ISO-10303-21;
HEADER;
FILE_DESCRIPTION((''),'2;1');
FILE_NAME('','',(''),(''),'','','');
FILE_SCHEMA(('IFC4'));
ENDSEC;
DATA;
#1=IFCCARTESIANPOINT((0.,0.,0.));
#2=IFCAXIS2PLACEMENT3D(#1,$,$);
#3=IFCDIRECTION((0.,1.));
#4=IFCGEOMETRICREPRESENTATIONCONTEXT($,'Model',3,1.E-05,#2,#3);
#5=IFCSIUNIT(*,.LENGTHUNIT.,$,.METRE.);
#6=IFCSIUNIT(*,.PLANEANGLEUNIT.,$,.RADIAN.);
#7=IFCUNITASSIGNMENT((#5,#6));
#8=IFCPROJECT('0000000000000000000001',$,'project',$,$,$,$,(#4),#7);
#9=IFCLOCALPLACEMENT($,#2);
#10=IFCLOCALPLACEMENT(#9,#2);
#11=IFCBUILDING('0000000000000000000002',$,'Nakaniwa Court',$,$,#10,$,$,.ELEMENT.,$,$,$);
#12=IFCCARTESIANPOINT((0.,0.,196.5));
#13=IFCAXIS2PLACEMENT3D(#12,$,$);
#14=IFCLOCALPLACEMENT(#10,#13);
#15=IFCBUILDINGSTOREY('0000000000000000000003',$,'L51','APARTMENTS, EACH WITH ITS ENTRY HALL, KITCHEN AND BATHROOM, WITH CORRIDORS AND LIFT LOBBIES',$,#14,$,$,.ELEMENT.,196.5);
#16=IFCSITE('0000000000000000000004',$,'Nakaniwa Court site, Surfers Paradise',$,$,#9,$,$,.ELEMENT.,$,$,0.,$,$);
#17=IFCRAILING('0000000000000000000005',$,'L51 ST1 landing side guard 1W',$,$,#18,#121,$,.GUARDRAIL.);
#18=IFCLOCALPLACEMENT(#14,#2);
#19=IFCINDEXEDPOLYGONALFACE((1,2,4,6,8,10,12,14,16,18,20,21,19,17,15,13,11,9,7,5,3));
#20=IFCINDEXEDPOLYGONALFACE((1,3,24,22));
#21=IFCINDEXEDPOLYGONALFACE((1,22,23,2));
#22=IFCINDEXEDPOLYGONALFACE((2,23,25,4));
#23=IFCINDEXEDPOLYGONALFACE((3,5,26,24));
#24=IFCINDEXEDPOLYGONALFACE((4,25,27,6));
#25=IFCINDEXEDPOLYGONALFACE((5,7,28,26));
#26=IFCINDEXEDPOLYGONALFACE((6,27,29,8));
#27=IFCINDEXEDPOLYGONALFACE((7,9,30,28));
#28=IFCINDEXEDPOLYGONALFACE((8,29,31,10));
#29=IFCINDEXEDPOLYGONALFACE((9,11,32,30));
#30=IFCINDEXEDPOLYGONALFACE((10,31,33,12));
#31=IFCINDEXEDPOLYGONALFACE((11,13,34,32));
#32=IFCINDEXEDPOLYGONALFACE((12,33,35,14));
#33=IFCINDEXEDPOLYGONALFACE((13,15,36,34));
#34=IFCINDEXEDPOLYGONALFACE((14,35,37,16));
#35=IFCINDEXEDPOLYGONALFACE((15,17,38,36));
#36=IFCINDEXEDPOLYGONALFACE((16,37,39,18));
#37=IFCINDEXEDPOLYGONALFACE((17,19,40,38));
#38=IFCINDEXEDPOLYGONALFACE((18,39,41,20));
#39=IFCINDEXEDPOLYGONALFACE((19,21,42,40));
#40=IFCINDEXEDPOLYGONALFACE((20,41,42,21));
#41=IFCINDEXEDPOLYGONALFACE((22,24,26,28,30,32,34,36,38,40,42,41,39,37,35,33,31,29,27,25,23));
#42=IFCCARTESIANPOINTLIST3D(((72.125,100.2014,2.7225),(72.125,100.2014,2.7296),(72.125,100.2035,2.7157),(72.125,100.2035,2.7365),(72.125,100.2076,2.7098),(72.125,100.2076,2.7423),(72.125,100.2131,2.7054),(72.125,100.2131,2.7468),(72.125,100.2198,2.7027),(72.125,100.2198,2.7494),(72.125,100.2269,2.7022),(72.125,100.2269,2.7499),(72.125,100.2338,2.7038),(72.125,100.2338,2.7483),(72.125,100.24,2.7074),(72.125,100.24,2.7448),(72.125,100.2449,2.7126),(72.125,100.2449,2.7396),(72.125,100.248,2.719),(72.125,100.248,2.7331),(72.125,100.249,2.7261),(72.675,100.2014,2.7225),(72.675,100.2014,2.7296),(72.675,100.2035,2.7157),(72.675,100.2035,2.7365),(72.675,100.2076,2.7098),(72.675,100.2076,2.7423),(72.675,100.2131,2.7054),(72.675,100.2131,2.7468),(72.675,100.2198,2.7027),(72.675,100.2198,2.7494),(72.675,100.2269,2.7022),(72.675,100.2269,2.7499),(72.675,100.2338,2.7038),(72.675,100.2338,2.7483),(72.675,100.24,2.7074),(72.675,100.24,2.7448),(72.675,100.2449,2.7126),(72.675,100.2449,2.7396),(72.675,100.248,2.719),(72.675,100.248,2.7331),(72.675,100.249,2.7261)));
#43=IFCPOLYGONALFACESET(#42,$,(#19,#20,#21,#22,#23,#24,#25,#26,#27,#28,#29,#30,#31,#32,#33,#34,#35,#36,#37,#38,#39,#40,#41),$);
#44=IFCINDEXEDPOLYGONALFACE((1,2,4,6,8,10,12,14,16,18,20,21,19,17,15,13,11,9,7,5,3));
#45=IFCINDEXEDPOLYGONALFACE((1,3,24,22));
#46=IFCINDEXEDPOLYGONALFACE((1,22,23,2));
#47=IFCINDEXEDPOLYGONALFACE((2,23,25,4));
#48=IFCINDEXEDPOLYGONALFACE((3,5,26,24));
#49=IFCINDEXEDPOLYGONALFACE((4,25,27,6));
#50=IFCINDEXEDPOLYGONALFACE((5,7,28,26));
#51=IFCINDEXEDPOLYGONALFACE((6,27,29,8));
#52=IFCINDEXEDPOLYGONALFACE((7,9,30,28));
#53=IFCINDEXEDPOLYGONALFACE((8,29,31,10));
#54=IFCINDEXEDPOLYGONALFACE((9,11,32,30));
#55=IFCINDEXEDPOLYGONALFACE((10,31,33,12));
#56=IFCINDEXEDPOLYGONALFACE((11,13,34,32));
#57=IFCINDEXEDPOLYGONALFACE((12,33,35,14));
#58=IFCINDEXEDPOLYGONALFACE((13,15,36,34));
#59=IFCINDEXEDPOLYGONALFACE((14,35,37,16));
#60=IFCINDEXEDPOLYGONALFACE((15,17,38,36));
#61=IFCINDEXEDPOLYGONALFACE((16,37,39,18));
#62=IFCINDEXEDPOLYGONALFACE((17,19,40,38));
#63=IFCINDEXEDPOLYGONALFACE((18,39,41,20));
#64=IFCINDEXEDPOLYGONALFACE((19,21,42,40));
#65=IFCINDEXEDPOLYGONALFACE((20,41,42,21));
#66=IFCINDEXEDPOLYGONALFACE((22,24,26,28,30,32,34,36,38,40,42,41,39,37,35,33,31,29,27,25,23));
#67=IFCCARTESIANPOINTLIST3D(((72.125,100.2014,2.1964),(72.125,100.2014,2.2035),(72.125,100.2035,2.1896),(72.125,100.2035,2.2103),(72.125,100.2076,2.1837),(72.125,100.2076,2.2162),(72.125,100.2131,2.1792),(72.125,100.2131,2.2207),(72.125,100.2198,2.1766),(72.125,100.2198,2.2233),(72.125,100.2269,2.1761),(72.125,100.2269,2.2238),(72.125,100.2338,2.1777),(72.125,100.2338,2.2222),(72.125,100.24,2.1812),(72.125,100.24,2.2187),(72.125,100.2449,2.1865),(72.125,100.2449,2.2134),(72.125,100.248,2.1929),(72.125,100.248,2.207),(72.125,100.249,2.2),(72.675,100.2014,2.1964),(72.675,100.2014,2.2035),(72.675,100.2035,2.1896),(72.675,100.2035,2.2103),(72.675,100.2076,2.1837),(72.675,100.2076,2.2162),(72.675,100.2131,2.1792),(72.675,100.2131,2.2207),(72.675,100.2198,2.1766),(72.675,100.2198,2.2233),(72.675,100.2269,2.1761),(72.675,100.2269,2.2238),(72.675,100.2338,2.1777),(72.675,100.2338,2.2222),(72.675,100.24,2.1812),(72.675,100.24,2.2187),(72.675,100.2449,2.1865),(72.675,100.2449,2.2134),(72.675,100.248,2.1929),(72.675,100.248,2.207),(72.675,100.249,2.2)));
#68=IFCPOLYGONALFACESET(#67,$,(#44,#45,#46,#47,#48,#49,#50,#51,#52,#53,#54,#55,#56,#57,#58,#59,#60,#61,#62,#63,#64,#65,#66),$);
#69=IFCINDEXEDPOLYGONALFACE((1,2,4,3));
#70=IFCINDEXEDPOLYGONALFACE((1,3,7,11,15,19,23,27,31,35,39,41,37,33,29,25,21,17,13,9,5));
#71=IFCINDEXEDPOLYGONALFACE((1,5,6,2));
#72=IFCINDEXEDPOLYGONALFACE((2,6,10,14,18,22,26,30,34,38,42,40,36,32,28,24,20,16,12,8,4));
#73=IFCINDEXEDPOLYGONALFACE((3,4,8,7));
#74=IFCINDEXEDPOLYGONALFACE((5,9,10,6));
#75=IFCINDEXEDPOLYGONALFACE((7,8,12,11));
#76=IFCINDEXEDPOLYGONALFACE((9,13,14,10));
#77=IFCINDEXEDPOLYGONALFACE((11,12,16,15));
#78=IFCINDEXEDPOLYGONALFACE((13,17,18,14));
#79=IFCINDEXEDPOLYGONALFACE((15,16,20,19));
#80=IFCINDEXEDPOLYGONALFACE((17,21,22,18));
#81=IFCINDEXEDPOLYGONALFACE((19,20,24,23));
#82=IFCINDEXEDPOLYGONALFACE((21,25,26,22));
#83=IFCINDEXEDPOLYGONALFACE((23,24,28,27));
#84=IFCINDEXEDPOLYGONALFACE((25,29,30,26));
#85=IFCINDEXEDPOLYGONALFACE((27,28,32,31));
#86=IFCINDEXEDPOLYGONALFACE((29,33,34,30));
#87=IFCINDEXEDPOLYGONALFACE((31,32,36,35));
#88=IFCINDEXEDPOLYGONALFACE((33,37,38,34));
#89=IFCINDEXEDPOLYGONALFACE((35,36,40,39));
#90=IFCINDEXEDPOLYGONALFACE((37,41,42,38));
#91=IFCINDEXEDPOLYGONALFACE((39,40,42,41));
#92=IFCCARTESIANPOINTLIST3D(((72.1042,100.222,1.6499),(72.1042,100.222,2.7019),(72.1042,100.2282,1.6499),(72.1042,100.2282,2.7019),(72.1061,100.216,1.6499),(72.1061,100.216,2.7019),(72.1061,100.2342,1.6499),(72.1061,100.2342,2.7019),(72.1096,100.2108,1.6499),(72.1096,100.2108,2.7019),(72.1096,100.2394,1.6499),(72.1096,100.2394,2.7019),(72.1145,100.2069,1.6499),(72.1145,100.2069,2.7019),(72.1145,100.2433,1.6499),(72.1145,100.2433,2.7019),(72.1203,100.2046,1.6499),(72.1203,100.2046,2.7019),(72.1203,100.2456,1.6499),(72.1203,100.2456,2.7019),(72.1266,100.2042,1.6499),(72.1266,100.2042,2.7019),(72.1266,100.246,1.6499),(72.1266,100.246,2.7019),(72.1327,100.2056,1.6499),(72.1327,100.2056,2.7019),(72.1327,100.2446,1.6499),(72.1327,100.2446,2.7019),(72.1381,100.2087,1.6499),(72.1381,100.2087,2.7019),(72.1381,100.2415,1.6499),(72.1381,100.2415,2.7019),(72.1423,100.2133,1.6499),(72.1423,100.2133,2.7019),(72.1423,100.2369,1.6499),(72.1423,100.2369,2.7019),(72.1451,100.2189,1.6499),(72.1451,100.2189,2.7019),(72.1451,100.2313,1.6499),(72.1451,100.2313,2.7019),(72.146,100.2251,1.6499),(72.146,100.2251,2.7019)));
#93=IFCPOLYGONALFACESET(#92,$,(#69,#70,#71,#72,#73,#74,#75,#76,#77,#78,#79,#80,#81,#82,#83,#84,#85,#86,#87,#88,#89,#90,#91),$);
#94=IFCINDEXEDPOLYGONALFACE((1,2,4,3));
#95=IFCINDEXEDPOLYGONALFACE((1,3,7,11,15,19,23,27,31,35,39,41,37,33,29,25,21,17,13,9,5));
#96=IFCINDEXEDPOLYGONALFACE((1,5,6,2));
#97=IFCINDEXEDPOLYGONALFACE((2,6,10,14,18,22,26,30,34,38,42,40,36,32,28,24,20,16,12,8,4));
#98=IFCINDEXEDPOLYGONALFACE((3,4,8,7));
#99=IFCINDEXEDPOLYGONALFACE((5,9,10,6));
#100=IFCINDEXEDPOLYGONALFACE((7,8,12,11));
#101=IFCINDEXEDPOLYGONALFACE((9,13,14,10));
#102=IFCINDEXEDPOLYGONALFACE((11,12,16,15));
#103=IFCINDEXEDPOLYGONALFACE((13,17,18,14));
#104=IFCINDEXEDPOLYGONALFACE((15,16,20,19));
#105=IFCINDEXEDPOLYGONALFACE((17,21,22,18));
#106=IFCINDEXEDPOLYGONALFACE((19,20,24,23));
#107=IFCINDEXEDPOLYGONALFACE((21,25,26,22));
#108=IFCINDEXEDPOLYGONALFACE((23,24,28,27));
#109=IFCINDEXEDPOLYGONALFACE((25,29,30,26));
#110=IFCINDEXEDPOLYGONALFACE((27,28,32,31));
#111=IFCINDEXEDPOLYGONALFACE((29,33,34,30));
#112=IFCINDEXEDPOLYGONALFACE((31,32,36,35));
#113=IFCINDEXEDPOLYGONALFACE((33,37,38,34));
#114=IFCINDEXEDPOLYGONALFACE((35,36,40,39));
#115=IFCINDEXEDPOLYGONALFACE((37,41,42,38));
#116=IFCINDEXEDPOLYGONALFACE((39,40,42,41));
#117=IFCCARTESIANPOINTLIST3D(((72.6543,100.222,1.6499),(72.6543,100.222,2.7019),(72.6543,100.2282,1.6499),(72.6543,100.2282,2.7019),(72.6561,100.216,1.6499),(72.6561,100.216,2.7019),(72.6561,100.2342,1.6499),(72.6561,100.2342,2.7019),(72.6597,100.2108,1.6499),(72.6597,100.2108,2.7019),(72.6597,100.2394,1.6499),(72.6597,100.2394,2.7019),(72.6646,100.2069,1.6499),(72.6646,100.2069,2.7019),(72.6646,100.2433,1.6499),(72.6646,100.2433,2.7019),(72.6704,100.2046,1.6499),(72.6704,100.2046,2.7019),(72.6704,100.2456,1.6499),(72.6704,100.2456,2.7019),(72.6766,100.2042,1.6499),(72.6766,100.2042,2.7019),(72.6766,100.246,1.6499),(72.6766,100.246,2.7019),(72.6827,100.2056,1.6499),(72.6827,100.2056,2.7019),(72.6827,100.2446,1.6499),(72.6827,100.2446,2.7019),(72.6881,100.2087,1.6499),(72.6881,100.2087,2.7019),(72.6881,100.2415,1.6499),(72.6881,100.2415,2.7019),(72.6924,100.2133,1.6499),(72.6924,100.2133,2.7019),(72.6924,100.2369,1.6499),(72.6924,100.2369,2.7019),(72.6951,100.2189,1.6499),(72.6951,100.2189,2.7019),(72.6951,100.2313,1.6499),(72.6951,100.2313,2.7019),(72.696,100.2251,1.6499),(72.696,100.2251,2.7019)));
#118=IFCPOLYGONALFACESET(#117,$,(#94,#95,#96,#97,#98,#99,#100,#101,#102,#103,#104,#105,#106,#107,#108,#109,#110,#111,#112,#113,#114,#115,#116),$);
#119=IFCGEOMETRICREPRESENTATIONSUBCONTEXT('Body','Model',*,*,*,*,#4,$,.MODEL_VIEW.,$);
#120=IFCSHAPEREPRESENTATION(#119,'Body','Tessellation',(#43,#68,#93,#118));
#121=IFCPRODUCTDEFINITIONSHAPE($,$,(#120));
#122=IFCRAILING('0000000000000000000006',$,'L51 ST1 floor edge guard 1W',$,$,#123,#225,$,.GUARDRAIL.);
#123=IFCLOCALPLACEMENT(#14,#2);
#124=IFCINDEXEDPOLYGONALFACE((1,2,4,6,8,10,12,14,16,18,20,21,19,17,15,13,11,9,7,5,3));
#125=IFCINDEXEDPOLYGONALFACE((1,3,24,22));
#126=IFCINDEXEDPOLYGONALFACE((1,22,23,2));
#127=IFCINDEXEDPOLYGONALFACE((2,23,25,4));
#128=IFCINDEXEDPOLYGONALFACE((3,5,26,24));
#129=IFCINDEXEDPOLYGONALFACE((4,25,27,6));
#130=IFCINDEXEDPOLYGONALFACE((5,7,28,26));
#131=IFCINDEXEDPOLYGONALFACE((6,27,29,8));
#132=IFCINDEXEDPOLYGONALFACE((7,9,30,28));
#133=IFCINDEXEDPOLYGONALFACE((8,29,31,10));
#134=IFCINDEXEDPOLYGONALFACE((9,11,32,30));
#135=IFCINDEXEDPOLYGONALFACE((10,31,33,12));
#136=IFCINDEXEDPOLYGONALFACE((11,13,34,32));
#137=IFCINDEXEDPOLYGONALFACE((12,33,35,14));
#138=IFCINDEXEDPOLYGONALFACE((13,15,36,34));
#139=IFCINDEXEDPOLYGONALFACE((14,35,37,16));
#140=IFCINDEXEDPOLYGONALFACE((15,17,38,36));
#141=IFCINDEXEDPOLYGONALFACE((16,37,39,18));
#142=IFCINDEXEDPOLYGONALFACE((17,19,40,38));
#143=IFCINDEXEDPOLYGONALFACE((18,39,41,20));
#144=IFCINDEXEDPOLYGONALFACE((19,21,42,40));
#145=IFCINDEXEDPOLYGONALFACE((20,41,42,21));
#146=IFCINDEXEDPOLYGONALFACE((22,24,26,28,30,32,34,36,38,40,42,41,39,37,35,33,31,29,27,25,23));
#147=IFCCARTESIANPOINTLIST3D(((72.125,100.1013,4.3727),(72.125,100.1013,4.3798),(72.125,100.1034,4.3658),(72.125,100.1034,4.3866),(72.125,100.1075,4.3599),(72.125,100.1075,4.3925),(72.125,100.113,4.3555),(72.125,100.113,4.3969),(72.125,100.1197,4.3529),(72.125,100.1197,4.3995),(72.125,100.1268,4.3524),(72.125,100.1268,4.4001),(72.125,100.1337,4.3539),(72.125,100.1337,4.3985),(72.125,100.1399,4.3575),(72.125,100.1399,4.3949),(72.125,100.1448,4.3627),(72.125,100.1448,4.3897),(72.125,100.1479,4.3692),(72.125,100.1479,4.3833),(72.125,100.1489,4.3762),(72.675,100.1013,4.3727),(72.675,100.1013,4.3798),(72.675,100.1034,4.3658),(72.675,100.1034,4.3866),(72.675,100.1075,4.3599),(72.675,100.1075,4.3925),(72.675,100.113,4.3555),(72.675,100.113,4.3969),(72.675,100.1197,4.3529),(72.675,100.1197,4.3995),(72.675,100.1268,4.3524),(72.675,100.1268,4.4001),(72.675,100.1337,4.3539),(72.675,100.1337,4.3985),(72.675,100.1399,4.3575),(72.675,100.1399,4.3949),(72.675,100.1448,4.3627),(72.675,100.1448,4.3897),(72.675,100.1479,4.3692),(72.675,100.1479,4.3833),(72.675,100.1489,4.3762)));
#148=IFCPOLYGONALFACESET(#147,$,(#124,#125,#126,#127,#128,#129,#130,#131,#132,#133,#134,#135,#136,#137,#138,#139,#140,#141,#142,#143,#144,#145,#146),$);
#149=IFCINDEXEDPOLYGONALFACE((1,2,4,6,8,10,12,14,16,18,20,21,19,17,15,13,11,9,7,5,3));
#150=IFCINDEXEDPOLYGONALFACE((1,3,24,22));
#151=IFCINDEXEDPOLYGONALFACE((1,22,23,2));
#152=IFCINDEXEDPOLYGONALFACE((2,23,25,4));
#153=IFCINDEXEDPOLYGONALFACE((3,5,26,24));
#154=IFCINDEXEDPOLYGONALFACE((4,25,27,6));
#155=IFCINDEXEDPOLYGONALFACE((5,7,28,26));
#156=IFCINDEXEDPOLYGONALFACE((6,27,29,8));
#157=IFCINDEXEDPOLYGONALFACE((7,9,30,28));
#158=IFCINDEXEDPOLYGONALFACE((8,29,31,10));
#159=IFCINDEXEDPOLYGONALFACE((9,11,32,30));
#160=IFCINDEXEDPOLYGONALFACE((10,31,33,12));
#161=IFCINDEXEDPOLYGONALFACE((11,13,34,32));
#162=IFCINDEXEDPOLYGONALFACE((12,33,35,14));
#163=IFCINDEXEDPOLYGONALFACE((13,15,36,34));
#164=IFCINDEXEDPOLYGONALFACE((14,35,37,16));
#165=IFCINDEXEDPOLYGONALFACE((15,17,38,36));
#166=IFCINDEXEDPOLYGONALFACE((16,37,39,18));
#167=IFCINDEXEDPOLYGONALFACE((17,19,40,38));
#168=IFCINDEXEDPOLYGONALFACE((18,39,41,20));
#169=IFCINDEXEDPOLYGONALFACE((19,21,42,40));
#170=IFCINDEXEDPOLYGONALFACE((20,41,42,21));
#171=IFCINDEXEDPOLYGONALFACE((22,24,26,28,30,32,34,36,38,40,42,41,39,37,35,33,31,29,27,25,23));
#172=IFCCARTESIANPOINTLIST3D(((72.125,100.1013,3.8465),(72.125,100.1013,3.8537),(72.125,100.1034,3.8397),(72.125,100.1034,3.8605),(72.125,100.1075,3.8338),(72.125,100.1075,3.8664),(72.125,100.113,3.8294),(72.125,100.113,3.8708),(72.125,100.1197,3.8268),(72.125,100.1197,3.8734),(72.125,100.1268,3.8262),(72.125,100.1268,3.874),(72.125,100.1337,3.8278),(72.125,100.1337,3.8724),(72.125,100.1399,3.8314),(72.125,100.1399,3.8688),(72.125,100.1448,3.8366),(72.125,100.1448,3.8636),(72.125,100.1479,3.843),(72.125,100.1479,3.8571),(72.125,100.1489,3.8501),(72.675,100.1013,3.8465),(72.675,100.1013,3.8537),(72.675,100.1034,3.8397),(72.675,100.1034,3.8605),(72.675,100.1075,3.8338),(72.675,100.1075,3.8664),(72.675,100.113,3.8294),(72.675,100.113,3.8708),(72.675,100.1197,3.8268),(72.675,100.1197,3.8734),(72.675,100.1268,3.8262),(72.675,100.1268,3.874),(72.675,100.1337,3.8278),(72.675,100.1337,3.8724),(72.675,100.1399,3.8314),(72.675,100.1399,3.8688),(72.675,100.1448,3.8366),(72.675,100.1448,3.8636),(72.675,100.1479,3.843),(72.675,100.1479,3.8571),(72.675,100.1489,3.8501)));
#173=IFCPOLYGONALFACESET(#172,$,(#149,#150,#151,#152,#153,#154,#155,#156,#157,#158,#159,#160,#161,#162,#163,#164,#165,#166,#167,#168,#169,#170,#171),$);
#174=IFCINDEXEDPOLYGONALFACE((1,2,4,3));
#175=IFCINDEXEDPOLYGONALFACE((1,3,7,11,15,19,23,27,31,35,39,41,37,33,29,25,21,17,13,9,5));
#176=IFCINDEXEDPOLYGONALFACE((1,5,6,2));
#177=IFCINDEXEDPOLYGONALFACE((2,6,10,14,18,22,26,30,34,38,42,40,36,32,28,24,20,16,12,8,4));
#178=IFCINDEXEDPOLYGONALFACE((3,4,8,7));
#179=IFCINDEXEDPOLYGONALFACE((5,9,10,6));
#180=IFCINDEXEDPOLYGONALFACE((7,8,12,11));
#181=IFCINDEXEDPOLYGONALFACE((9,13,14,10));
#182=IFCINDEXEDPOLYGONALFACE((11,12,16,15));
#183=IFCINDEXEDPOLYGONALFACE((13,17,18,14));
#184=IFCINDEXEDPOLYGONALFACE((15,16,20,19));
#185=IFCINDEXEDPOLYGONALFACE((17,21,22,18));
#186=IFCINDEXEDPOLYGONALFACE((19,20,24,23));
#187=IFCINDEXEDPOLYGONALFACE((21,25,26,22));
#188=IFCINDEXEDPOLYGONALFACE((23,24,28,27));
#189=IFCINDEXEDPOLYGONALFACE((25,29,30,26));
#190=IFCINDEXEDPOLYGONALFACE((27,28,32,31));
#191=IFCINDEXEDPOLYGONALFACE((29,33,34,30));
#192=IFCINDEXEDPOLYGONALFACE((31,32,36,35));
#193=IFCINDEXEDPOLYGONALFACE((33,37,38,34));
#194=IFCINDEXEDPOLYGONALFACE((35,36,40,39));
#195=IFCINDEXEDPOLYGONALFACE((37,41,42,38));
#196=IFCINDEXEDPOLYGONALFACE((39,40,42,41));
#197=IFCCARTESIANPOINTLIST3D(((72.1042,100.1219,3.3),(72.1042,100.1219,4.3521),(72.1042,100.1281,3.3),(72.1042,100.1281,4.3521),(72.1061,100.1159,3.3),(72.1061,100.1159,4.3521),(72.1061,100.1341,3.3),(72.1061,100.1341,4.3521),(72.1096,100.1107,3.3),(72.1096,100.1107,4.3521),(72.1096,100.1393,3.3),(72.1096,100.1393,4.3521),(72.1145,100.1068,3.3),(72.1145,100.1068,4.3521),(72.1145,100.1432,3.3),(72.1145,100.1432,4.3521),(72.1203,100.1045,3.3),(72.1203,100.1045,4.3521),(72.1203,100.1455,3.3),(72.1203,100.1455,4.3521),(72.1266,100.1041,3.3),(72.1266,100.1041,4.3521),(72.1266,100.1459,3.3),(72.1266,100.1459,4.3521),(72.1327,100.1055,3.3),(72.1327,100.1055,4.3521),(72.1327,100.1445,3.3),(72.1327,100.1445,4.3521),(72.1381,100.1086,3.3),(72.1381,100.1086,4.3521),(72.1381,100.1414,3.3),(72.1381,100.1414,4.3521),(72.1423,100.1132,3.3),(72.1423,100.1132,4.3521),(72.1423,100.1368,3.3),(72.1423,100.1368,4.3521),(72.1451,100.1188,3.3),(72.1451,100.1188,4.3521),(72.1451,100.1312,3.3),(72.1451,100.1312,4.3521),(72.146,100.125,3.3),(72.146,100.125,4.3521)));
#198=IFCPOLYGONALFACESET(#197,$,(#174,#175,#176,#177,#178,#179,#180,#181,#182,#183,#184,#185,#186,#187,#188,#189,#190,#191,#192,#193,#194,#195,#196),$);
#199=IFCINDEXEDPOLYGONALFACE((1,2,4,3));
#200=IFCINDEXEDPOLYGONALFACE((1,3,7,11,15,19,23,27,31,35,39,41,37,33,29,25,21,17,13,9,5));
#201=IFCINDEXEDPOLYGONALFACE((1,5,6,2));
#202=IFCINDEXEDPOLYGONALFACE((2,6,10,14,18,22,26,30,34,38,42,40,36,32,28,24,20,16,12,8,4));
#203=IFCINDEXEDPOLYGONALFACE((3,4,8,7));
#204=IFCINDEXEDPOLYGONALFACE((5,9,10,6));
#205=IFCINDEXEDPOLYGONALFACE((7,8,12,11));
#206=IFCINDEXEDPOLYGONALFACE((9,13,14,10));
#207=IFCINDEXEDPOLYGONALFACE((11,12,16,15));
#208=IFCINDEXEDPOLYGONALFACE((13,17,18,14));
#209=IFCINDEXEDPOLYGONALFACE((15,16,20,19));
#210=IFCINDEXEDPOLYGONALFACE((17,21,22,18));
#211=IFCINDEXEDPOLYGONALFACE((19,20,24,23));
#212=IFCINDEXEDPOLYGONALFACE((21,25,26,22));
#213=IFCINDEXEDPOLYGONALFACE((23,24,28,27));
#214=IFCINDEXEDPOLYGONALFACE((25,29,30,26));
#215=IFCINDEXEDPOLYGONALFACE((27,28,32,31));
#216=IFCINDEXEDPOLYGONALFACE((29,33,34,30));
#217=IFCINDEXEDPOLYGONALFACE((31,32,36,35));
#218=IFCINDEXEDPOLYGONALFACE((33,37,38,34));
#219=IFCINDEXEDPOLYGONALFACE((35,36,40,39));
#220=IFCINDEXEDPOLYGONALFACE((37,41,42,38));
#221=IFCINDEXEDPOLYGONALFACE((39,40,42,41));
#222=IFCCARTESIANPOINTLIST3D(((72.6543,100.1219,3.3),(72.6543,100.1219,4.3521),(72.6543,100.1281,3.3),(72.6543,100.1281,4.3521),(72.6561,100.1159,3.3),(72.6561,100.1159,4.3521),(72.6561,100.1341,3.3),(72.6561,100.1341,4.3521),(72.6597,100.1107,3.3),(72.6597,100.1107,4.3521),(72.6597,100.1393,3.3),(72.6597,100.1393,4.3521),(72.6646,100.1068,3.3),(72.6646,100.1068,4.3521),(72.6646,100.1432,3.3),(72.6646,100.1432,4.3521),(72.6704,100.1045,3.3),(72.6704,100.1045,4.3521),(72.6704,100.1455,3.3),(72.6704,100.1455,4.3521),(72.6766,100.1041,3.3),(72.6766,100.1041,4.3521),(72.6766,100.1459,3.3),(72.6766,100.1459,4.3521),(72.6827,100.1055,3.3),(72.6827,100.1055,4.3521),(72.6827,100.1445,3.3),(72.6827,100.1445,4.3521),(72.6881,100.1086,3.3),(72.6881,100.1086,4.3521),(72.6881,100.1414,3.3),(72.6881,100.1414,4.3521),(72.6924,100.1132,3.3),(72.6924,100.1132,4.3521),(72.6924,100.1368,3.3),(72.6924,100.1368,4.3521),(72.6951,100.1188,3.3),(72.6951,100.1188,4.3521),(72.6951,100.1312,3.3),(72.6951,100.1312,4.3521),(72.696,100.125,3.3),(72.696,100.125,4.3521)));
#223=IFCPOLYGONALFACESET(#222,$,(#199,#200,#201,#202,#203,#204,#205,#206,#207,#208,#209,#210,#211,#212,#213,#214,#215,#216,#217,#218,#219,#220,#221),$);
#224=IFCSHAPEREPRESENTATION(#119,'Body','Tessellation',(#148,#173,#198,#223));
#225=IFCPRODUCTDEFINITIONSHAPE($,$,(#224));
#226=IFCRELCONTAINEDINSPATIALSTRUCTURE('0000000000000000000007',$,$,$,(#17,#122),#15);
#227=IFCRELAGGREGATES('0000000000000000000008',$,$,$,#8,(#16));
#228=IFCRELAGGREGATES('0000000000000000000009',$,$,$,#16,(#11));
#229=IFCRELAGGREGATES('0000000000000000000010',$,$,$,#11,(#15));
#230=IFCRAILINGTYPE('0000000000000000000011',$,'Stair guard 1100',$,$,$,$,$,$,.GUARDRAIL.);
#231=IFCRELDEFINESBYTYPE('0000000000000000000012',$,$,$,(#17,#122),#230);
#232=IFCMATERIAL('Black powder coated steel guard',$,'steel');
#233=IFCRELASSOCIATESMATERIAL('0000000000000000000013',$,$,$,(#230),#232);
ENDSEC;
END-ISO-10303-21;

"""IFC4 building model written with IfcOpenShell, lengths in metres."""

from ifc_helpers import new_model, si_unit, direction, frame, origin, origin_2d, place, context, subcontext, project, spatial, circle, extrude, material, type_object, element, save


model = new_model("IFC4")

# Units and contexts
model_context = context("Model", 3, precision=1e-05, world=origin(), true_north=direction((0.0, 1.0)))
body_context = subcontext(model_context, "Body", "Model", "MODEL_VIEW")
ifc_project = project(units=[si_unit("LENGTHUNIT", "METRE"), si_unit("PLANEANGLEUNIT", "RADIAN")], contexts=[model_context])

# Site, building, storey
site_placement = place(None, origin())
site = spatial("IfcSite", under=ifc_project, at=site_placement, Name="Nakaniwa Court site, Surfers Paradise", CompositionType="ELEMENT", RefElevation=0.0)
building_placement = place(site_placement, origin())
building = spatial("IfcBuilding", under=site, at=building_placement, Name="Nakaniwa Court", CompositionType="ELEMENT")
storey_placement = place(building_placement, frame((0.0, 0.0, 196.5)))
storey = spatial("IfcBuildingStorey", under=building, at=storey_placement, Name="L51", Description="APARTMENTS, EACH WITH ITS ENTRY HALL, KITCHEN AND BATHROOM, WITH CORRIDORS AND LIFT LOBBIES", CompositionType="ELEMENT", Elevation=196.5)

# Railings
ifc_material_1 = material(Name="Black powder coated steel guard", Category="steel")
railing_type_1 = type_object("IfcRailingType", Name="Stair guard 1100", PredefinedType="GUARDRAIL", material=ifc_material_1)
for number, where, name in (
    (1, (72.125, 100.2251, 1.6499), "L51 ST1 landing side guard 1W"),
    (2, (72.125, 100.125, 3.3), "L51 ST1 floor edge guard 1W"),
):
    element("IfcRailing", number, at=place(storey_placement, frame(where)), inside=storey, type_object=railing_type_1, Name=name, PredefinedType="GUARDRAIL", context=body_context, shape_type="SweptSolid", body=[
        extrude(circle(Radius=0.0239, at=origin_2d()), frame((0.0, 0.0, 1.0762), z_axis=(1.0, 0.0, 0.0), x_axis=(0.0, 1.0, 0.0)), (0.0, 0.0, 1.0), 0.55),
        extrude(circle(Radius=0.0239, at=origin_2d()), frame((0.0, 0.0, 0.55), z_axis=(1.0, 0.0, 0.0), x_axis=(0.0, 1.0, 0.0)), (0.0, 0.0, 1.0), 0.55),
        extrude(circle(Radius=0.021, at=origin_2d()), origin(), (0.0, 0.0, 1.0), 1.052),
        extrude(circle(Radius=0.021, at=origin_2d()), frame((0.55, 0.0, 0.0)), (0.0, 0.0, 1.0), 1.052),
    ])

save(model, "model.ifc")
